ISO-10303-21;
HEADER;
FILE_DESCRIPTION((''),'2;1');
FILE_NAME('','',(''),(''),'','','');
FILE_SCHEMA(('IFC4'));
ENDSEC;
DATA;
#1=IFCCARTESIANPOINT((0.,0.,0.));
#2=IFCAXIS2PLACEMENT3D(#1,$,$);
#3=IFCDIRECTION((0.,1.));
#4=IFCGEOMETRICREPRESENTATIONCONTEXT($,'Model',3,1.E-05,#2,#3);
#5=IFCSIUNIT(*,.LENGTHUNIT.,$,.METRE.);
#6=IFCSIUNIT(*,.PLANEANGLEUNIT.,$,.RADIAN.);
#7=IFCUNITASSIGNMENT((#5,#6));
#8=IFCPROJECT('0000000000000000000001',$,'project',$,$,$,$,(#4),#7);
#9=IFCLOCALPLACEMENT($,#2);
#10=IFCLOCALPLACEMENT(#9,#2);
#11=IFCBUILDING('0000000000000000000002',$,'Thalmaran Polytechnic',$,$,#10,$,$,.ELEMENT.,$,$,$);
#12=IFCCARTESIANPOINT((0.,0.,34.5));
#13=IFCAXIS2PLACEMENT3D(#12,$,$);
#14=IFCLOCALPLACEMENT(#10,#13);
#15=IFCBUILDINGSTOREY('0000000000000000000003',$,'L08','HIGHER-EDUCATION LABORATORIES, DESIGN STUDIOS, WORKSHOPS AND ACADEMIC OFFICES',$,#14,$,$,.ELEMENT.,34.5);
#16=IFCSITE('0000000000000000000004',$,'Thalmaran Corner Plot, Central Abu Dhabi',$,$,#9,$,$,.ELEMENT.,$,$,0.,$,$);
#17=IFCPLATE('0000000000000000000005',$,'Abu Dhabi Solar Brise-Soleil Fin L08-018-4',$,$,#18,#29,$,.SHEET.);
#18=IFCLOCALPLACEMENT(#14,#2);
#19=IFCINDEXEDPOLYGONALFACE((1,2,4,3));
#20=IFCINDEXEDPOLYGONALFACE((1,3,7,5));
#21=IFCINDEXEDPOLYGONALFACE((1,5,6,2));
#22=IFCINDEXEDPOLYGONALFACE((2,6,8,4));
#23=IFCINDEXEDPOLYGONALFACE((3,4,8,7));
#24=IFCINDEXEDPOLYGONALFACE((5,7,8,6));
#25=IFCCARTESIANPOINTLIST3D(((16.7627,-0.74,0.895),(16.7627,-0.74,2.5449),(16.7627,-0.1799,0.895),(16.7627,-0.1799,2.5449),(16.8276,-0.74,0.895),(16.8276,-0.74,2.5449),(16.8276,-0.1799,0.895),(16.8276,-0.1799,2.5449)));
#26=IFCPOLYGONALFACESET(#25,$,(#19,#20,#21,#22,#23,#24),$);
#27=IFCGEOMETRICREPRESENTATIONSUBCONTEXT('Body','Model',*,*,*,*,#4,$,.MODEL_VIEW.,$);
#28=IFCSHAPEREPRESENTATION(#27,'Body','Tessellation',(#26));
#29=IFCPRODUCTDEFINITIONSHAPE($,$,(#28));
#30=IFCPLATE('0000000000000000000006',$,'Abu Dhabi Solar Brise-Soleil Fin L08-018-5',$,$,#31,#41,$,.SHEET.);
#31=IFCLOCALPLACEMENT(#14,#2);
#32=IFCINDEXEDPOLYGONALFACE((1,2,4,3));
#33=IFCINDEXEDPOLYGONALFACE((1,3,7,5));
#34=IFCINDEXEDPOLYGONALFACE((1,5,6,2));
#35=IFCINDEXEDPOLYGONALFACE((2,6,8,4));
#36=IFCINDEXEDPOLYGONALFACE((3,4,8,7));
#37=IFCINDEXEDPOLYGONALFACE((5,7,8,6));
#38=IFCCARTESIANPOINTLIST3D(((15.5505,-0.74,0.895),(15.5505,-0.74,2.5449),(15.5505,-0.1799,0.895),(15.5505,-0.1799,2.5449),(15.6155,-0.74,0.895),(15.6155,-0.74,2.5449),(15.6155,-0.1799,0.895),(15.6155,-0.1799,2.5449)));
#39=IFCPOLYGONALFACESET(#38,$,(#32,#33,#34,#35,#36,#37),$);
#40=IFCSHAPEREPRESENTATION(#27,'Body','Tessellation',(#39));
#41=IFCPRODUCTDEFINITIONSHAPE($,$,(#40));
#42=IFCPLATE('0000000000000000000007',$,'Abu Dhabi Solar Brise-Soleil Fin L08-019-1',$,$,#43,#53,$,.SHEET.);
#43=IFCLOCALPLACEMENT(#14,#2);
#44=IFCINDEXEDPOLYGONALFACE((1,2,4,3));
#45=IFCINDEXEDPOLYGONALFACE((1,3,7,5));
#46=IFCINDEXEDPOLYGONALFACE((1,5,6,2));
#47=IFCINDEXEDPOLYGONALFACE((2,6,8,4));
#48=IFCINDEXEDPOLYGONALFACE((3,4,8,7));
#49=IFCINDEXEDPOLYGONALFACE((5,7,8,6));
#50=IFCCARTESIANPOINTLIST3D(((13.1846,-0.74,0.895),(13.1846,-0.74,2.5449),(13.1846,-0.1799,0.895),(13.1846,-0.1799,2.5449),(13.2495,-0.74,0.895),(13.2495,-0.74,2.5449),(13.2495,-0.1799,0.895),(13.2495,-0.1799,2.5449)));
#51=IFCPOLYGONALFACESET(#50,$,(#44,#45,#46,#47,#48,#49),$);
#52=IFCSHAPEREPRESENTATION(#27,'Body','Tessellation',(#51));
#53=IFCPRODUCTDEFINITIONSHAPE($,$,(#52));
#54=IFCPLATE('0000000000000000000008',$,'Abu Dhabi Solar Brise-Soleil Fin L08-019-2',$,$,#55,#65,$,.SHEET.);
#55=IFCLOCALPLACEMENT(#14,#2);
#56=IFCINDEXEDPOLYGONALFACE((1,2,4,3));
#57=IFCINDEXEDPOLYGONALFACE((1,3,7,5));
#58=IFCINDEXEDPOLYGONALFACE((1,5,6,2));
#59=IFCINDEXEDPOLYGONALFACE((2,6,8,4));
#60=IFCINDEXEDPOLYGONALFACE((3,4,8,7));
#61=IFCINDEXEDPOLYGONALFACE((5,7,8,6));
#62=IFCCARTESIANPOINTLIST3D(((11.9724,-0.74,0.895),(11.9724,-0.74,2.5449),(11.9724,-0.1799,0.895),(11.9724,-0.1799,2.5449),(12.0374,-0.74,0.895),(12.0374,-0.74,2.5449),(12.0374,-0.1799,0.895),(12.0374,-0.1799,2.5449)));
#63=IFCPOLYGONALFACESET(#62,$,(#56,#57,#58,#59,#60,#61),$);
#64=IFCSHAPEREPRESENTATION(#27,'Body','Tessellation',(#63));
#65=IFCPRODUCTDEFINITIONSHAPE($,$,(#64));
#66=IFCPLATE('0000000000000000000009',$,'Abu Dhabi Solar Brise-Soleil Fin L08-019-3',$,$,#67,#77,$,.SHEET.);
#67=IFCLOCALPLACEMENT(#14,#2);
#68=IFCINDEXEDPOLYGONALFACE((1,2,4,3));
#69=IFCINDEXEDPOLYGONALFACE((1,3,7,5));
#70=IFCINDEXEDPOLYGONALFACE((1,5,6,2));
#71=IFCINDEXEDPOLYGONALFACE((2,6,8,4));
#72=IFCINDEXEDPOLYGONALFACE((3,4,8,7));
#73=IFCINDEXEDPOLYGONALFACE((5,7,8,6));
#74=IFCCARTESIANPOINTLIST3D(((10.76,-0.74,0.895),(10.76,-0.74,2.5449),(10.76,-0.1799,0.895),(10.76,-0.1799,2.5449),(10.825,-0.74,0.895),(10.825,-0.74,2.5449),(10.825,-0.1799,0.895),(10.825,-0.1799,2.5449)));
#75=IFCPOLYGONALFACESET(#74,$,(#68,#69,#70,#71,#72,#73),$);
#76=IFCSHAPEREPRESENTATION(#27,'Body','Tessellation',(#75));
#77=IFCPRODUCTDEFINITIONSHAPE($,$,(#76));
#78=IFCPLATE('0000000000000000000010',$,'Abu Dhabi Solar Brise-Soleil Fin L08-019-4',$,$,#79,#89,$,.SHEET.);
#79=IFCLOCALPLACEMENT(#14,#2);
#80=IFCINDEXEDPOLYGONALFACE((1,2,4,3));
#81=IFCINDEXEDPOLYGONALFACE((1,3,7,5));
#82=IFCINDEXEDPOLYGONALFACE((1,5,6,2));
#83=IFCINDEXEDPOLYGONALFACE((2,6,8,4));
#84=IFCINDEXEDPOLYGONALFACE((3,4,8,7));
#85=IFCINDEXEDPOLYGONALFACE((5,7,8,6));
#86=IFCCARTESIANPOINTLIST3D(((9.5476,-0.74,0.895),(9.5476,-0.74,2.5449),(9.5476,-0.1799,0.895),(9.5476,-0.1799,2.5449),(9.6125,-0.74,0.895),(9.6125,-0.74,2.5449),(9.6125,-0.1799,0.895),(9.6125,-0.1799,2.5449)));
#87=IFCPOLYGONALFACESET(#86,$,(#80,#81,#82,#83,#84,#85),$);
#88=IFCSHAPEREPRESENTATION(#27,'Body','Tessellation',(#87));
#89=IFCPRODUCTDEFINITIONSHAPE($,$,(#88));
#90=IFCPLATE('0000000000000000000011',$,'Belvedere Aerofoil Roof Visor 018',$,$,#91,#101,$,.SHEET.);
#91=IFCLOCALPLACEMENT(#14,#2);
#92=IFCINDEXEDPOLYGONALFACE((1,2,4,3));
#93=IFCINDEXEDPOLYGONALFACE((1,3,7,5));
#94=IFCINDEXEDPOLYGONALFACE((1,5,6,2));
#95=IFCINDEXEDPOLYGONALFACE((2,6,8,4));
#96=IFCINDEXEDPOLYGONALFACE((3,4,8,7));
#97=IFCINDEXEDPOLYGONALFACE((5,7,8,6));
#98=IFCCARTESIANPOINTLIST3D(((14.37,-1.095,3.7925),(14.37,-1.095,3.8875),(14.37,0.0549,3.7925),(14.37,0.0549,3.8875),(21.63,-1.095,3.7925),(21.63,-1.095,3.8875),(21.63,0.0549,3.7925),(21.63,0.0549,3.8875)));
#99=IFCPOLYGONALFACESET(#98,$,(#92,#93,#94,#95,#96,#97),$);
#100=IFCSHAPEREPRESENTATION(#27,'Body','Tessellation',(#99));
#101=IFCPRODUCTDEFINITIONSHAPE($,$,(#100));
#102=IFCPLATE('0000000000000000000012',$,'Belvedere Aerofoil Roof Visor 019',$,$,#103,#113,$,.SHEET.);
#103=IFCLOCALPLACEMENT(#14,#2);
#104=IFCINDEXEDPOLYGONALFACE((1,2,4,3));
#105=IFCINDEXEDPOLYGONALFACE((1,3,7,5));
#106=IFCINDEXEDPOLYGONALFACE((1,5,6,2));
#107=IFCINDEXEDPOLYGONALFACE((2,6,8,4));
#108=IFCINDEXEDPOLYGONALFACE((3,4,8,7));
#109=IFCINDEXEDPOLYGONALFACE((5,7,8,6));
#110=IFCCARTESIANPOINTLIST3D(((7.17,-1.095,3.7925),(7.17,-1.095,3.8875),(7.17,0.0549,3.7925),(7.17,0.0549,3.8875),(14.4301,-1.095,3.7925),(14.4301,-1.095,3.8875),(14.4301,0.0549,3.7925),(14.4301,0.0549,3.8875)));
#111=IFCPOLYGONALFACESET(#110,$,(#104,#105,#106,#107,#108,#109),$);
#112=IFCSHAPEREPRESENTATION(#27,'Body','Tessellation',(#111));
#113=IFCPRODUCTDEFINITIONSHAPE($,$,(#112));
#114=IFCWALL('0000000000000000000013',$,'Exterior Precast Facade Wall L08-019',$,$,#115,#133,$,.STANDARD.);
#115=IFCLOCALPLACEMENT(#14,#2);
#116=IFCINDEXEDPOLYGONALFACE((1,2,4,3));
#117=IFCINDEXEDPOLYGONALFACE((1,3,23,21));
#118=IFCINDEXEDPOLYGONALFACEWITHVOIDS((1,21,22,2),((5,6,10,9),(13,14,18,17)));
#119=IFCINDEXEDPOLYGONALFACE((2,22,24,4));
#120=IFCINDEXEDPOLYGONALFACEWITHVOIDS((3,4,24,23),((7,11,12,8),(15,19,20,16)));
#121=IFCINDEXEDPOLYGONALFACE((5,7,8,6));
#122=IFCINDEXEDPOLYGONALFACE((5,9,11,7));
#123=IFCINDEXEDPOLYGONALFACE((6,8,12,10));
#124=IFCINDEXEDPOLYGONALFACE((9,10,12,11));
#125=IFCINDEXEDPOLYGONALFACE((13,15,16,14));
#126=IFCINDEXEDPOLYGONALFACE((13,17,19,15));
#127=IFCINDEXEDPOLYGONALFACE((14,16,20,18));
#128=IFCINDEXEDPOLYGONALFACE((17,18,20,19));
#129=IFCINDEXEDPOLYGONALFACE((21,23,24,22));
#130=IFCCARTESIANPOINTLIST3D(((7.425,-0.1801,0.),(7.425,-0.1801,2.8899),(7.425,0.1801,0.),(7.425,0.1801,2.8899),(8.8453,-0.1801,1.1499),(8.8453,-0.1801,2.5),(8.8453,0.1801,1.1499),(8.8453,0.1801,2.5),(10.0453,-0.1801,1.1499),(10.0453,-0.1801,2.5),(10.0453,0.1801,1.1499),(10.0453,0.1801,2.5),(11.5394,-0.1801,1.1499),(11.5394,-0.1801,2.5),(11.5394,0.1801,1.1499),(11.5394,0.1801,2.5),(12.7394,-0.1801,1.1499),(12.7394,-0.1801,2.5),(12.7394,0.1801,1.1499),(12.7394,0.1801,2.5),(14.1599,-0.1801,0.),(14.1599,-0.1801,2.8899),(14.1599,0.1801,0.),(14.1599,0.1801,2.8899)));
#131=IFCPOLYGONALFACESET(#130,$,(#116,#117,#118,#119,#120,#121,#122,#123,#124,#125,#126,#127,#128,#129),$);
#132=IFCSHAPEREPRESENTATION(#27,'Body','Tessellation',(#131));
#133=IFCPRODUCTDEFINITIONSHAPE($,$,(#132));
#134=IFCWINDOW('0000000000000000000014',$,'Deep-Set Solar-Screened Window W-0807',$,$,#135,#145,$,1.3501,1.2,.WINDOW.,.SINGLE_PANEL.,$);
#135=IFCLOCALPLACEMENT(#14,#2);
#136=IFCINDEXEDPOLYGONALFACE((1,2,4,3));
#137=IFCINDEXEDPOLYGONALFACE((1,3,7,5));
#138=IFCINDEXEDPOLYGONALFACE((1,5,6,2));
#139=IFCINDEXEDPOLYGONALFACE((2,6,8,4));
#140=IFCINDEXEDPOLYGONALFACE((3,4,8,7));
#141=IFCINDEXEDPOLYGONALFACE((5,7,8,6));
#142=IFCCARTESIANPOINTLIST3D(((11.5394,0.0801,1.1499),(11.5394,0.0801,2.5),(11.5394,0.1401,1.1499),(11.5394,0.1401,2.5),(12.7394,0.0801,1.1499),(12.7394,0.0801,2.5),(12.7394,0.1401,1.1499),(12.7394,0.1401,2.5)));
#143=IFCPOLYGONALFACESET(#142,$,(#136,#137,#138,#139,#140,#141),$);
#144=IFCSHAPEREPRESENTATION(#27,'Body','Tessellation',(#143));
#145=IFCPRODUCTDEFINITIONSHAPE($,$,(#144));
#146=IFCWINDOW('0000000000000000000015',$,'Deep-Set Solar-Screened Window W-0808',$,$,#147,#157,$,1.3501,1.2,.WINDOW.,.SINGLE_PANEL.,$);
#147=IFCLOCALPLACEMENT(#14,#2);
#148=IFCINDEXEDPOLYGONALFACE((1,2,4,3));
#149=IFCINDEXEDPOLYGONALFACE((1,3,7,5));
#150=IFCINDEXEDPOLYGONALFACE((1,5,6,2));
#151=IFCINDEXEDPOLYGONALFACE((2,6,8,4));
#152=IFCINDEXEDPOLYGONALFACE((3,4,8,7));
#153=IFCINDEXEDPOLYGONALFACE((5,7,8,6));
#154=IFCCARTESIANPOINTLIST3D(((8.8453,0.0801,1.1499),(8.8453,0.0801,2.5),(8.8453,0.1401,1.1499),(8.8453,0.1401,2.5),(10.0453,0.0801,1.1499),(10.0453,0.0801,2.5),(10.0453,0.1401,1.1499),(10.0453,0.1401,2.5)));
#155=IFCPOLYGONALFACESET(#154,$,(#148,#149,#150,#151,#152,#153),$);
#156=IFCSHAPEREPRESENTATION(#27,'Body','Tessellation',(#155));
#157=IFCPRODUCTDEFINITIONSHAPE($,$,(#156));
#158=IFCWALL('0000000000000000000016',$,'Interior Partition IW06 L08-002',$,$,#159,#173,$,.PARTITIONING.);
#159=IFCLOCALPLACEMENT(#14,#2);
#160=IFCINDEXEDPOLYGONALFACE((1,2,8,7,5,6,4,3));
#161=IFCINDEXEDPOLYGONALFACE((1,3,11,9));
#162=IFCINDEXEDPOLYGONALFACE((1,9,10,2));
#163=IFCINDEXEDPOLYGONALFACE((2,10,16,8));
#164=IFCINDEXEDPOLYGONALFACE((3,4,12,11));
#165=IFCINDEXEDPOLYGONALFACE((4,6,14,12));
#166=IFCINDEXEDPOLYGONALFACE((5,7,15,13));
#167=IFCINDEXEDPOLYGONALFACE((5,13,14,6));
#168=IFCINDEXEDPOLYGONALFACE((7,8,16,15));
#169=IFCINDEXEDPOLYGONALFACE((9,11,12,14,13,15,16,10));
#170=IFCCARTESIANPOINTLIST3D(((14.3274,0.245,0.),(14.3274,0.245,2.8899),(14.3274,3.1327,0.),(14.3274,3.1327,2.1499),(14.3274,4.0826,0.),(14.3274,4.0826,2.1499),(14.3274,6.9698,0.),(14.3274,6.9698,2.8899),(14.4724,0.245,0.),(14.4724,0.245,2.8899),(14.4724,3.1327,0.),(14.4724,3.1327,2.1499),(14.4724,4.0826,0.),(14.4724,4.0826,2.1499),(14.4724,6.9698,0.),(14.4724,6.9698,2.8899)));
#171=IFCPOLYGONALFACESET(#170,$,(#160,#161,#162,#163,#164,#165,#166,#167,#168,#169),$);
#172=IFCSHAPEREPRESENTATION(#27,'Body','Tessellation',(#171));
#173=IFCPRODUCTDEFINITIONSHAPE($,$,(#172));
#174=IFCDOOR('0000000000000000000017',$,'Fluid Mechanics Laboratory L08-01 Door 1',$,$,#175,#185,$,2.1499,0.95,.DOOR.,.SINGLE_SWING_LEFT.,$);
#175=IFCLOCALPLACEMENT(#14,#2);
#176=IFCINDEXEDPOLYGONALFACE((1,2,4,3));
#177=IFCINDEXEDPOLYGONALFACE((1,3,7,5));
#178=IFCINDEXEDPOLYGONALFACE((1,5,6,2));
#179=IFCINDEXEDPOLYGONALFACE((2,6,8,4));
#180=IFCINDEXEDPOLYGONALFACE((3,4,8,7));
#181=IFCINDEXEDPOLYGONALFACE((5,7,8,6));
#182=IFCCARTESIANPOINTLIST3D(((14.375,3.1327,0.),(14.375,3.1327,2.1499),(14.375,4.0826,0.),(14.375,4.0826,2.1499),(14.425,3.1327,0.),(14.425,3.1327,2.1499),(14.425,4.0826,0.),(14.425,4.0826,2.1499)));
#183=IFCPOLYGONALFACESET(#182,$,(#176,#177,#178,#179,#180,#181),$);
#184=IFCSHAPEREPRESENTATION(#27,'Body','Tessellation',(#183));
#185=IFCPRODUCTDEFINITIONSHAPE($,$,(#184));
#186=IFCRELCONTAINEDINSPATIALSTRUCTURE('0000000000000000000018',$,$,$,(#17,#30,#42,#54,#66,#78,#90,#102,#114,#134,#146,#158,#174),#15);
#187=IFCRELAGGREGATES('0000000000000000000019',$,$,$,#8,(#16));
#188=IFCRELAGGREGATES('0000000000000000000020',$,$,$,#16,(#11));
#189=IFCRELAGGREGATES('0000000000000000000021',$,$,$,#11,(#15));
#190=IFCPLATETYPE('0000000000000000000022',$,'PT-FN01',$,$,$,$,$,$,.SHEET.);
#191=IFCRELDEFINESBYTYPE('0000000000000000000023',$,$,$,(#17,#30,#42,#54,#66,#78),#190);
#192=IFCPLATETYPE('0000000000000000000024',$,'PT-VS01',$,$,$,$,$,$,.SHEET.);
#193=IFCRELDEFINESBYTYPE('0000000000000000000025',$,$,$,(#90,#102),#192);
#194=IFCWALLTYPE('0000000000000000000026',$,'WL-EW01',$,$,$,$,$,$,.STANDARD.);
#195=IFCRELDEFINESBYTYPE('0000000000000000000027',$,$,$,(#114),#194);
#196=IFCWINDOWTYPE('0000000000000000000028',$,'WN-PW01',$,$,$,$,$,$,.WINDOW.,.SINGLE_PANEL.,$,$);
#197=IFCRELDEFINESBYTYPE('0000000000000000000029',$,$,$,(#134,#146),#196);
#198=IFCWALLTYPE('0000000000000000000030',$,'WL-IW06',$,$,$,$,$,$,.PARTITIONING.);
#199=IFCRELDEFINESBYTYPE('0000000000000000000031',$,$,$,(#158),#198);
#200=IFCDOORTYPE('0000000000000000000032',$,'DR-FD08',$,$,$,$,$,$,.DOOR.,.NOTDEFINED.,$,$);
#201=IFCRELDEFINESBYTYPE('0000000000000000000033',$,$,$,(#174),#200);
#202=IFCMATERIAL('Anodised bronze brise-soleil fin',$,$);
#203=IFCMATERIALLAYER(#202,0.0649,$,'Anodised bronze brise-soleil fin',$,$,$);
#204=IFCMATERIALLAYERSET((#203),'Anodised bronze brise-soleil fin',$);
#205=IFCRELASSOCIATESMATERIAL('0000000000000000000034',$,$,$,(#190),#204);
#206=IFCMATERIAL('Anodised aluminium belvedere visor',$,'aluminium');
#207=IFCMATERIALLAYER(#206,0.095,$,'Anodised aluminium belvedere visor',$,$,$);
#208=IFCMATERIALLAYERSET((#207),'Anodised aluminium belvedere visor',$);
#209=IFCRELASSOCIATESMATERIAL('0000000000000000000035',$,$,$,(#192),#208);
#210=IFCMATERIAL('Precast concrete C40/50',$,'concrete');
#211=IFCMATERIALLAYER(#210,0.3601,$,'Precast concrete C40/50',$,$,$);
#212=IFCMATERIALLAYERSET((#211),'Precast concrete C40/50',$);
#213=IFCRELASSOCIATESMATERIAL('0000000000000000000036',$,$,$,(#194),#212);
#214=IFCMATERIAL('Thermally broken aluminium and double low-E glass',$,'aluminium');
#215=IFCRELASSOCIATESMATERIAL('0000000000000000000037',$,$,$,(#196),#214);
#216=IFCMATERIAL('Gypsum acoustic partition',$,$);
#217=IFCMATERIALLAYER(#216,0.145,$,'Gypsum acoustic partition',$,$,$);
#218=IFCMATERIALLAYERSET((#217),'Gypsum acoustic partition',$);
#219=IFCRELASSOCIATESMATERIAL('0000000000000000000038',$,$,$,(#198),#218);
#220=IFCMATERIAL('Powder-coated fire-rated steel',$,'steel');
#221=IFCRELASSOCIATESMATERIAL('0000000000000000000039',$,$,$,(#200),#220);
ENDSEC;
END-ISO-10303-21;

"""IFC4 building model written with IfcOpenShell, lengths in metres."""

from ifc_helpers import new_model, si_unit, direction, frame, frame_2d, origin, origin_2d, place, context, subcontext, project, spatial, rectangle, extrude, material, layer, layer_set, type_object, element, fill, save


model = new_model("IFC4")

# Units and contexts
model_context = context("Model", 3, precision=1e-05, world=origin(), true_north=direction((0.0, 1.0)))
body_context = subcontext(model_context, "Body", "Model", "MODEL_VIEW")
ifc_project = project(units=[si_unit("LENGTHUNIT", "METRE"), si_unit("PLANEANGLEUNIT", "RADIAN")], contexts=[model_context])

# Site, building, storey
site_placement = place(None, origin())
site = spatial("IfcSite", under=ifc_project, at=site_placement, Name="Thalmaran Corner Plot, Central Abu Dhabi", CompositionType="ELEMENT", RefElevation=0.0)
building_placement = place(site_placement, origin())
building = spatial("IfcBuilding", under=site, at=building_placement, Name="Thalmaran Polytechnic", CompositionType="ELEMENT")
storey_placement = place(building_placement, frame((0.0, 0.0, 34.5)))
storey = spatial("IfcBuildingStorey", under=building, at=storey_placement, Name="L08", Description="HIGHER-EDUCATION LABORATORIES, DESIGN STUDIOS, WORKSHOPS AND ACADEMIC OFFICES", CompositionType="ELEMENT", Elevation=34.5)

# Plates
ifc_material_1 = material(Name="Anodised bronze brise-soleil fin")
ifc_layer_1 = layer(ifc_material_1, 0.0649, Name="Anodised bronze brise-soleil fin")
ifc_layer_set_1 = layer_set([ifc_layer_1], Name="Anodised bronze brise-soleil fin")
plate_type_1 = type_object("IfcPlateType", Name="PT-FN01", PredefinedType="SHEET", material=ifc_layer_set_1)
for number, where, z_axis, x_axis, name in (
    (1, (16.7952, -0.46, 0.895), (0.0, 0.0, 1.0), (-1.0, 0.0, 0.0), "Abu Dhabi Solar Brise-Soleil Fin L08-018-4"),
    (2, (15.583, -0.46, 0.895), (0.0, 0.0, 1.0), (-1.0, 0.0, 0.0), "Abu Dhabi Solar Brise-Soleil Fin L08-018-5"),
    (3, (13.217, -0.46, 0.895), (0.0, 0.0, 1.0), (-1.0, 0.0, 0.0), "Abu Dhabi Solar Brise-Soleil Fin L08-019-1"),
    (4, (12.0049, -0.46, 0.895), (0.0, 0.0, 1.0), (-1.0, 0.0, 0.0), "Abu Dhabi Solar Brise-Soleil Fin L08-019-2"),
    (5, (10.7925, -0.46, 0.895), (0.0, 0.0, 1.0), (-1.0, 0.0, 0.0), "Abu Dhabi Solar Brise-Soleil Fin L08-019-3"),
    (6, (9.5801, -0.46, 0.895), (0.0, 0.0, 1.0), (-1.0, 0.0, 0.0), "Abu Dhabi Solar Brise-Soleil Fin L08-019-4"),
):
    element("IfcPlate", number, at=place(storey_placement, frame(where, z_axis=z_axis, x_axis=x_axis)), inside=storey, type_object=plate_type_1, Name=name, PredefinedType="SHEET", context=body_context, shape_type="SweptSolid", body=[
        extrude(rectangle(XDim=0.0649, YDim=0.5601, at=origin_2d()), origin(), (0.0, 0.0, 1.0), 1.6499),
    ])
ifc_material_2 = material(Name="Anodised aluminium belvedere visor", Category="aluminium")
ifc_layer_2 = layer(ifc_material_2, 0.095, Name="Anodised aluminium belvedere visor")
ifc_layer_set_2 = layer_set([ifc_layer_2], Name="Anodised aluminium belvedere visor")
plate_type_2 = type_object("IfcPlateType", Name="PT-VS01", PredefinedType="SHEET", material=ifc_layer_set_2)
for number, where, z_axis, x_axis, name in (
    (7, (18.0, -0.52, 3.7925), (0.0, 0.0, 1.0), (-1.0, 0.0, 0.0), "Belvedere Aerofoil Roof Visor 018"),
    (8, (10.8, -0.52, 3.7925), (0.0, 0.0, 1.0), (-1.0, 0.0, 0.0), "Belvedere Aerofoil Roof Visor 019"),
):
    element("IfcPlate", number, at=place(storey_placement, frame(where, z_axis=z_axis, x_axis=x_axis)), inside=storey, type_object=plate_type_2, Name=name, PredefinedType="SHEET", context=body_context, shape_type="SweptSolid", body=[
        extrude(rectangle(XDim=7.26, YDim=1.1499, at=origin_2d()), origin(), (0.0, 0.0, 1.0), 0.095),
    ])

# Wall, openings, windows
ifc_material_3 = material(Name="Precast concrete C40/50", Category="concrete")
ifc_layer_3 = layer(ifc_material_3, 0.3601, Name="Precast concrete C40/50")
ifc_layer_set_3 = layer_set([ifc_layer_3], Name="Precast concrete C40/50")
wall_type_1 = type_object("IfcWallType", Name="WL-EW01", PredefinedType="STANDARD", material=ifc_layer_set_3)
wall_1_placement = place(storey_placement, frame((14.1599, 0.0, 0.0), z_axis=(0.0, 0.0, 1.0), x_axis=(-1.0, 0.0, 0.0)))
wall_1 = element("IfcWall", 9, at=wall_1_placement, inside=storey, type_object=wall_type_1, Name="Exterior Precast Facade Wall L08-019", PredefinedType="STANDARD", context=body_context, shape_type="SweptSolid", body=[
    extrude(rectangle(XDim=6.7349, YDim=0.3601, at=frame_2d((3.3674, 0.0))), origin(), (0.0, 0.0, 1.0), 2.8899),
])
opening_1_placement = place(wall_1_placement, frame((1.4204, 0.0, 1.1499)))
opening_1 = element("IfcOpeningElement", 10, at=opening_1_placement, cuts=wall_1, PredefinedType="OPENING", context=body_context, shape_type="SweptSolid", body=[
    extrude(rectangle(XDim=1.2, YDim=1.3501, at=frame_2d((0.6001, 0.675))), frame((0.0, 0.1899, 0.0), z_axis=(0.0, -1.0, 0.0), x_axis=(1.0, 0.0, 0.0)), (0.0, 0.0, 1.0), 0.3801),
])
opening_2_placement = place(wall_1_placement, frame((4.1145, 0.0, 1.1499)))
opening_2 = element("IfcOpeningElement", 11, at=opening_2_placement, cuts=wall_1, PredefinedType="OPENING", context=body_context, shape_type="SweptSolid", body=[
    extrude(rectangle(XDim=1.2, YDim=1.3501, at=frame_2d((0.6001, 0.675))), frame((0.0, 0.1899, 0.0), z_axis=(0.0, -1.0, 0.0), x_axis=(1.0, 0.0, 0.0)), (0.0, 0.0, 1.0), 0.3801),
])
ifc_material_4 = material(Name="Thermally broken aluminium and double low-E glass", Category="aluminium")
window_type = type_object("IfcWindowType", Name="WN-PW01", PartitioningType="SINGLE_PANEL", PredefinedType="WINDOW", material=ifc_material_4)
window_1_placement = place(opening_1_placement, origin())
window_1 = element("IfcWindow", 12, at=window_1_placement, inside=storey, type_object=window_type, Name="Deep-Set Solar-Screened Window W-0807", OverallHeight=1.3501, OverallWidth=1.2, PartitioningType="SINGLE_PANEL", PredefinedType="WINDOW", context=body_context, shape_type="SweptSolid", body=[
    extrude(rectangle(XDim=1.2, YDim=1.3501, at=frame_2d((0.6001, 0.675))), frame((0.0, -0.0801, 0.0), z_axis=(0.0, -1.0, 0.0), x_axis=(1.0, 0.0, 0.0)), (0.0, 0.0, 1.0), 0.0601),
])
fill(opening_1, window_1)
window_2_placement = place(opening_2_placement, origin())
window_2 = element("IfcWindow", 13, at=window_2_placement, inside=storey, type_object=window_type, Name="Deep-Set Solar-Screened Window W-0808", OverallHeight=1.3501, OverallWidth=1.2, PartitioningType="SINGLE_PANEL", PredefinedType="WINDOW", context=body_context, shape_type="SweptSolid", body=[
    extrude(rectangle(XDim=1.2, YDim=1.3501, at=frame_2d((0.6001, 0.675))), frame((0.0, -0.0801, 0.0), z_axis=(0.0, -1.0, 0.0), x_axis=(1.0, 0.0, 0.0)), (0.0, 0.0, 1.0), 0.0601),
])
fill(opening_2, window_2)

# Wall, opening, door
ifc_material_5 = material(Name="Gypsum acoustic partition")
ifc_layer_4 = layer(ifc_material_5, 0.145, Name="Gypsum acoustic partition")
ifc_layer_set_4 = layer_set([ifc_layer_4], Name="Gypsum acoustic partition")
wall_type_2 = type_object("IfcWallType", Name="WL-IW06", PredefinedType="PARTITIONING", material=ifc_layer_set_4)
wall_2_placement = place(storey_placement, frame((14.3999, 0.2451, 0.0), z_axis=(0.0, 0.0, 1.0), x_axis=(0.0, 1.0, 0.0)))
wall_2 = element("IfcWall", 14, at=wall_2_placement, inside=storey, type_object=wall_type_2, Name="Interior Partition IW06 L08-002", PredefinedType="PARTITIONING", context=body_context, shape_type="SweptSolid", body=[
    extrude(rectangle(XDim=6.7249, YDim=0.145, at=frame_2d((3.3623, 0.0))), origin(), (0.0, 0.0, 1.0), 2.8899),
])
opening_3_placement = place(wall_2_placement, frame((2.8875, 0.0, 0.0)))
opening_3 = element("IfcOpeningElement", 15, at=opening_3_placement, cuts=wall_2, PredefinedType="OPENING", context=body_context, shape_type="SweptSolid", body=[
    extrude(rectangle(XDim=0.95, YDim=2.1499, at=frame_2d((0.4751, 1.075))), frame((0.0, 0.0825, 0.0), z_axis=(0.0, -1.0, 0.0), x_axis=(1.0, 0.0, 0.0)), (0.0, 0.0, 1.0), 0.165),
])
ifc_material_6 = material(Name="Powder-coated fire-rated steel", Category="steel")
door_type = type_object("IfcDoorType", Name="DR-FD08", OperationType="NOTDEFINED", PredefinedType="DOOR", material=ifc_material_6)
door_placement = place(opening_3_placement, origin())
door = element("IfcDoor", 16, at=door_placement, inside=storey, type_object=door_type, Name="Fluid Mechanics Laboratory L08-01 Door 1", OperationType="SINGLE_SWING_LEFT", OverallHeight=2.1499, OverallWidth=0.95, PredefinedType="DOOR", context=body_context, shape_type="SweptSolid", body=[
    extrude(rectangle(XDim=0.95, YDim=2.1499, at=frame_2d((0.4751, 1.075))), frame((0.0, 0.0249, 0.0), z_axis=(0.0, -1.0, 0.0), x_axis=(1.0, 0.0, 0.0)), (0.0, 0.0, 1.0), 0.05),
])
fill(opening_3, door)

save(model, "model.ifc")
